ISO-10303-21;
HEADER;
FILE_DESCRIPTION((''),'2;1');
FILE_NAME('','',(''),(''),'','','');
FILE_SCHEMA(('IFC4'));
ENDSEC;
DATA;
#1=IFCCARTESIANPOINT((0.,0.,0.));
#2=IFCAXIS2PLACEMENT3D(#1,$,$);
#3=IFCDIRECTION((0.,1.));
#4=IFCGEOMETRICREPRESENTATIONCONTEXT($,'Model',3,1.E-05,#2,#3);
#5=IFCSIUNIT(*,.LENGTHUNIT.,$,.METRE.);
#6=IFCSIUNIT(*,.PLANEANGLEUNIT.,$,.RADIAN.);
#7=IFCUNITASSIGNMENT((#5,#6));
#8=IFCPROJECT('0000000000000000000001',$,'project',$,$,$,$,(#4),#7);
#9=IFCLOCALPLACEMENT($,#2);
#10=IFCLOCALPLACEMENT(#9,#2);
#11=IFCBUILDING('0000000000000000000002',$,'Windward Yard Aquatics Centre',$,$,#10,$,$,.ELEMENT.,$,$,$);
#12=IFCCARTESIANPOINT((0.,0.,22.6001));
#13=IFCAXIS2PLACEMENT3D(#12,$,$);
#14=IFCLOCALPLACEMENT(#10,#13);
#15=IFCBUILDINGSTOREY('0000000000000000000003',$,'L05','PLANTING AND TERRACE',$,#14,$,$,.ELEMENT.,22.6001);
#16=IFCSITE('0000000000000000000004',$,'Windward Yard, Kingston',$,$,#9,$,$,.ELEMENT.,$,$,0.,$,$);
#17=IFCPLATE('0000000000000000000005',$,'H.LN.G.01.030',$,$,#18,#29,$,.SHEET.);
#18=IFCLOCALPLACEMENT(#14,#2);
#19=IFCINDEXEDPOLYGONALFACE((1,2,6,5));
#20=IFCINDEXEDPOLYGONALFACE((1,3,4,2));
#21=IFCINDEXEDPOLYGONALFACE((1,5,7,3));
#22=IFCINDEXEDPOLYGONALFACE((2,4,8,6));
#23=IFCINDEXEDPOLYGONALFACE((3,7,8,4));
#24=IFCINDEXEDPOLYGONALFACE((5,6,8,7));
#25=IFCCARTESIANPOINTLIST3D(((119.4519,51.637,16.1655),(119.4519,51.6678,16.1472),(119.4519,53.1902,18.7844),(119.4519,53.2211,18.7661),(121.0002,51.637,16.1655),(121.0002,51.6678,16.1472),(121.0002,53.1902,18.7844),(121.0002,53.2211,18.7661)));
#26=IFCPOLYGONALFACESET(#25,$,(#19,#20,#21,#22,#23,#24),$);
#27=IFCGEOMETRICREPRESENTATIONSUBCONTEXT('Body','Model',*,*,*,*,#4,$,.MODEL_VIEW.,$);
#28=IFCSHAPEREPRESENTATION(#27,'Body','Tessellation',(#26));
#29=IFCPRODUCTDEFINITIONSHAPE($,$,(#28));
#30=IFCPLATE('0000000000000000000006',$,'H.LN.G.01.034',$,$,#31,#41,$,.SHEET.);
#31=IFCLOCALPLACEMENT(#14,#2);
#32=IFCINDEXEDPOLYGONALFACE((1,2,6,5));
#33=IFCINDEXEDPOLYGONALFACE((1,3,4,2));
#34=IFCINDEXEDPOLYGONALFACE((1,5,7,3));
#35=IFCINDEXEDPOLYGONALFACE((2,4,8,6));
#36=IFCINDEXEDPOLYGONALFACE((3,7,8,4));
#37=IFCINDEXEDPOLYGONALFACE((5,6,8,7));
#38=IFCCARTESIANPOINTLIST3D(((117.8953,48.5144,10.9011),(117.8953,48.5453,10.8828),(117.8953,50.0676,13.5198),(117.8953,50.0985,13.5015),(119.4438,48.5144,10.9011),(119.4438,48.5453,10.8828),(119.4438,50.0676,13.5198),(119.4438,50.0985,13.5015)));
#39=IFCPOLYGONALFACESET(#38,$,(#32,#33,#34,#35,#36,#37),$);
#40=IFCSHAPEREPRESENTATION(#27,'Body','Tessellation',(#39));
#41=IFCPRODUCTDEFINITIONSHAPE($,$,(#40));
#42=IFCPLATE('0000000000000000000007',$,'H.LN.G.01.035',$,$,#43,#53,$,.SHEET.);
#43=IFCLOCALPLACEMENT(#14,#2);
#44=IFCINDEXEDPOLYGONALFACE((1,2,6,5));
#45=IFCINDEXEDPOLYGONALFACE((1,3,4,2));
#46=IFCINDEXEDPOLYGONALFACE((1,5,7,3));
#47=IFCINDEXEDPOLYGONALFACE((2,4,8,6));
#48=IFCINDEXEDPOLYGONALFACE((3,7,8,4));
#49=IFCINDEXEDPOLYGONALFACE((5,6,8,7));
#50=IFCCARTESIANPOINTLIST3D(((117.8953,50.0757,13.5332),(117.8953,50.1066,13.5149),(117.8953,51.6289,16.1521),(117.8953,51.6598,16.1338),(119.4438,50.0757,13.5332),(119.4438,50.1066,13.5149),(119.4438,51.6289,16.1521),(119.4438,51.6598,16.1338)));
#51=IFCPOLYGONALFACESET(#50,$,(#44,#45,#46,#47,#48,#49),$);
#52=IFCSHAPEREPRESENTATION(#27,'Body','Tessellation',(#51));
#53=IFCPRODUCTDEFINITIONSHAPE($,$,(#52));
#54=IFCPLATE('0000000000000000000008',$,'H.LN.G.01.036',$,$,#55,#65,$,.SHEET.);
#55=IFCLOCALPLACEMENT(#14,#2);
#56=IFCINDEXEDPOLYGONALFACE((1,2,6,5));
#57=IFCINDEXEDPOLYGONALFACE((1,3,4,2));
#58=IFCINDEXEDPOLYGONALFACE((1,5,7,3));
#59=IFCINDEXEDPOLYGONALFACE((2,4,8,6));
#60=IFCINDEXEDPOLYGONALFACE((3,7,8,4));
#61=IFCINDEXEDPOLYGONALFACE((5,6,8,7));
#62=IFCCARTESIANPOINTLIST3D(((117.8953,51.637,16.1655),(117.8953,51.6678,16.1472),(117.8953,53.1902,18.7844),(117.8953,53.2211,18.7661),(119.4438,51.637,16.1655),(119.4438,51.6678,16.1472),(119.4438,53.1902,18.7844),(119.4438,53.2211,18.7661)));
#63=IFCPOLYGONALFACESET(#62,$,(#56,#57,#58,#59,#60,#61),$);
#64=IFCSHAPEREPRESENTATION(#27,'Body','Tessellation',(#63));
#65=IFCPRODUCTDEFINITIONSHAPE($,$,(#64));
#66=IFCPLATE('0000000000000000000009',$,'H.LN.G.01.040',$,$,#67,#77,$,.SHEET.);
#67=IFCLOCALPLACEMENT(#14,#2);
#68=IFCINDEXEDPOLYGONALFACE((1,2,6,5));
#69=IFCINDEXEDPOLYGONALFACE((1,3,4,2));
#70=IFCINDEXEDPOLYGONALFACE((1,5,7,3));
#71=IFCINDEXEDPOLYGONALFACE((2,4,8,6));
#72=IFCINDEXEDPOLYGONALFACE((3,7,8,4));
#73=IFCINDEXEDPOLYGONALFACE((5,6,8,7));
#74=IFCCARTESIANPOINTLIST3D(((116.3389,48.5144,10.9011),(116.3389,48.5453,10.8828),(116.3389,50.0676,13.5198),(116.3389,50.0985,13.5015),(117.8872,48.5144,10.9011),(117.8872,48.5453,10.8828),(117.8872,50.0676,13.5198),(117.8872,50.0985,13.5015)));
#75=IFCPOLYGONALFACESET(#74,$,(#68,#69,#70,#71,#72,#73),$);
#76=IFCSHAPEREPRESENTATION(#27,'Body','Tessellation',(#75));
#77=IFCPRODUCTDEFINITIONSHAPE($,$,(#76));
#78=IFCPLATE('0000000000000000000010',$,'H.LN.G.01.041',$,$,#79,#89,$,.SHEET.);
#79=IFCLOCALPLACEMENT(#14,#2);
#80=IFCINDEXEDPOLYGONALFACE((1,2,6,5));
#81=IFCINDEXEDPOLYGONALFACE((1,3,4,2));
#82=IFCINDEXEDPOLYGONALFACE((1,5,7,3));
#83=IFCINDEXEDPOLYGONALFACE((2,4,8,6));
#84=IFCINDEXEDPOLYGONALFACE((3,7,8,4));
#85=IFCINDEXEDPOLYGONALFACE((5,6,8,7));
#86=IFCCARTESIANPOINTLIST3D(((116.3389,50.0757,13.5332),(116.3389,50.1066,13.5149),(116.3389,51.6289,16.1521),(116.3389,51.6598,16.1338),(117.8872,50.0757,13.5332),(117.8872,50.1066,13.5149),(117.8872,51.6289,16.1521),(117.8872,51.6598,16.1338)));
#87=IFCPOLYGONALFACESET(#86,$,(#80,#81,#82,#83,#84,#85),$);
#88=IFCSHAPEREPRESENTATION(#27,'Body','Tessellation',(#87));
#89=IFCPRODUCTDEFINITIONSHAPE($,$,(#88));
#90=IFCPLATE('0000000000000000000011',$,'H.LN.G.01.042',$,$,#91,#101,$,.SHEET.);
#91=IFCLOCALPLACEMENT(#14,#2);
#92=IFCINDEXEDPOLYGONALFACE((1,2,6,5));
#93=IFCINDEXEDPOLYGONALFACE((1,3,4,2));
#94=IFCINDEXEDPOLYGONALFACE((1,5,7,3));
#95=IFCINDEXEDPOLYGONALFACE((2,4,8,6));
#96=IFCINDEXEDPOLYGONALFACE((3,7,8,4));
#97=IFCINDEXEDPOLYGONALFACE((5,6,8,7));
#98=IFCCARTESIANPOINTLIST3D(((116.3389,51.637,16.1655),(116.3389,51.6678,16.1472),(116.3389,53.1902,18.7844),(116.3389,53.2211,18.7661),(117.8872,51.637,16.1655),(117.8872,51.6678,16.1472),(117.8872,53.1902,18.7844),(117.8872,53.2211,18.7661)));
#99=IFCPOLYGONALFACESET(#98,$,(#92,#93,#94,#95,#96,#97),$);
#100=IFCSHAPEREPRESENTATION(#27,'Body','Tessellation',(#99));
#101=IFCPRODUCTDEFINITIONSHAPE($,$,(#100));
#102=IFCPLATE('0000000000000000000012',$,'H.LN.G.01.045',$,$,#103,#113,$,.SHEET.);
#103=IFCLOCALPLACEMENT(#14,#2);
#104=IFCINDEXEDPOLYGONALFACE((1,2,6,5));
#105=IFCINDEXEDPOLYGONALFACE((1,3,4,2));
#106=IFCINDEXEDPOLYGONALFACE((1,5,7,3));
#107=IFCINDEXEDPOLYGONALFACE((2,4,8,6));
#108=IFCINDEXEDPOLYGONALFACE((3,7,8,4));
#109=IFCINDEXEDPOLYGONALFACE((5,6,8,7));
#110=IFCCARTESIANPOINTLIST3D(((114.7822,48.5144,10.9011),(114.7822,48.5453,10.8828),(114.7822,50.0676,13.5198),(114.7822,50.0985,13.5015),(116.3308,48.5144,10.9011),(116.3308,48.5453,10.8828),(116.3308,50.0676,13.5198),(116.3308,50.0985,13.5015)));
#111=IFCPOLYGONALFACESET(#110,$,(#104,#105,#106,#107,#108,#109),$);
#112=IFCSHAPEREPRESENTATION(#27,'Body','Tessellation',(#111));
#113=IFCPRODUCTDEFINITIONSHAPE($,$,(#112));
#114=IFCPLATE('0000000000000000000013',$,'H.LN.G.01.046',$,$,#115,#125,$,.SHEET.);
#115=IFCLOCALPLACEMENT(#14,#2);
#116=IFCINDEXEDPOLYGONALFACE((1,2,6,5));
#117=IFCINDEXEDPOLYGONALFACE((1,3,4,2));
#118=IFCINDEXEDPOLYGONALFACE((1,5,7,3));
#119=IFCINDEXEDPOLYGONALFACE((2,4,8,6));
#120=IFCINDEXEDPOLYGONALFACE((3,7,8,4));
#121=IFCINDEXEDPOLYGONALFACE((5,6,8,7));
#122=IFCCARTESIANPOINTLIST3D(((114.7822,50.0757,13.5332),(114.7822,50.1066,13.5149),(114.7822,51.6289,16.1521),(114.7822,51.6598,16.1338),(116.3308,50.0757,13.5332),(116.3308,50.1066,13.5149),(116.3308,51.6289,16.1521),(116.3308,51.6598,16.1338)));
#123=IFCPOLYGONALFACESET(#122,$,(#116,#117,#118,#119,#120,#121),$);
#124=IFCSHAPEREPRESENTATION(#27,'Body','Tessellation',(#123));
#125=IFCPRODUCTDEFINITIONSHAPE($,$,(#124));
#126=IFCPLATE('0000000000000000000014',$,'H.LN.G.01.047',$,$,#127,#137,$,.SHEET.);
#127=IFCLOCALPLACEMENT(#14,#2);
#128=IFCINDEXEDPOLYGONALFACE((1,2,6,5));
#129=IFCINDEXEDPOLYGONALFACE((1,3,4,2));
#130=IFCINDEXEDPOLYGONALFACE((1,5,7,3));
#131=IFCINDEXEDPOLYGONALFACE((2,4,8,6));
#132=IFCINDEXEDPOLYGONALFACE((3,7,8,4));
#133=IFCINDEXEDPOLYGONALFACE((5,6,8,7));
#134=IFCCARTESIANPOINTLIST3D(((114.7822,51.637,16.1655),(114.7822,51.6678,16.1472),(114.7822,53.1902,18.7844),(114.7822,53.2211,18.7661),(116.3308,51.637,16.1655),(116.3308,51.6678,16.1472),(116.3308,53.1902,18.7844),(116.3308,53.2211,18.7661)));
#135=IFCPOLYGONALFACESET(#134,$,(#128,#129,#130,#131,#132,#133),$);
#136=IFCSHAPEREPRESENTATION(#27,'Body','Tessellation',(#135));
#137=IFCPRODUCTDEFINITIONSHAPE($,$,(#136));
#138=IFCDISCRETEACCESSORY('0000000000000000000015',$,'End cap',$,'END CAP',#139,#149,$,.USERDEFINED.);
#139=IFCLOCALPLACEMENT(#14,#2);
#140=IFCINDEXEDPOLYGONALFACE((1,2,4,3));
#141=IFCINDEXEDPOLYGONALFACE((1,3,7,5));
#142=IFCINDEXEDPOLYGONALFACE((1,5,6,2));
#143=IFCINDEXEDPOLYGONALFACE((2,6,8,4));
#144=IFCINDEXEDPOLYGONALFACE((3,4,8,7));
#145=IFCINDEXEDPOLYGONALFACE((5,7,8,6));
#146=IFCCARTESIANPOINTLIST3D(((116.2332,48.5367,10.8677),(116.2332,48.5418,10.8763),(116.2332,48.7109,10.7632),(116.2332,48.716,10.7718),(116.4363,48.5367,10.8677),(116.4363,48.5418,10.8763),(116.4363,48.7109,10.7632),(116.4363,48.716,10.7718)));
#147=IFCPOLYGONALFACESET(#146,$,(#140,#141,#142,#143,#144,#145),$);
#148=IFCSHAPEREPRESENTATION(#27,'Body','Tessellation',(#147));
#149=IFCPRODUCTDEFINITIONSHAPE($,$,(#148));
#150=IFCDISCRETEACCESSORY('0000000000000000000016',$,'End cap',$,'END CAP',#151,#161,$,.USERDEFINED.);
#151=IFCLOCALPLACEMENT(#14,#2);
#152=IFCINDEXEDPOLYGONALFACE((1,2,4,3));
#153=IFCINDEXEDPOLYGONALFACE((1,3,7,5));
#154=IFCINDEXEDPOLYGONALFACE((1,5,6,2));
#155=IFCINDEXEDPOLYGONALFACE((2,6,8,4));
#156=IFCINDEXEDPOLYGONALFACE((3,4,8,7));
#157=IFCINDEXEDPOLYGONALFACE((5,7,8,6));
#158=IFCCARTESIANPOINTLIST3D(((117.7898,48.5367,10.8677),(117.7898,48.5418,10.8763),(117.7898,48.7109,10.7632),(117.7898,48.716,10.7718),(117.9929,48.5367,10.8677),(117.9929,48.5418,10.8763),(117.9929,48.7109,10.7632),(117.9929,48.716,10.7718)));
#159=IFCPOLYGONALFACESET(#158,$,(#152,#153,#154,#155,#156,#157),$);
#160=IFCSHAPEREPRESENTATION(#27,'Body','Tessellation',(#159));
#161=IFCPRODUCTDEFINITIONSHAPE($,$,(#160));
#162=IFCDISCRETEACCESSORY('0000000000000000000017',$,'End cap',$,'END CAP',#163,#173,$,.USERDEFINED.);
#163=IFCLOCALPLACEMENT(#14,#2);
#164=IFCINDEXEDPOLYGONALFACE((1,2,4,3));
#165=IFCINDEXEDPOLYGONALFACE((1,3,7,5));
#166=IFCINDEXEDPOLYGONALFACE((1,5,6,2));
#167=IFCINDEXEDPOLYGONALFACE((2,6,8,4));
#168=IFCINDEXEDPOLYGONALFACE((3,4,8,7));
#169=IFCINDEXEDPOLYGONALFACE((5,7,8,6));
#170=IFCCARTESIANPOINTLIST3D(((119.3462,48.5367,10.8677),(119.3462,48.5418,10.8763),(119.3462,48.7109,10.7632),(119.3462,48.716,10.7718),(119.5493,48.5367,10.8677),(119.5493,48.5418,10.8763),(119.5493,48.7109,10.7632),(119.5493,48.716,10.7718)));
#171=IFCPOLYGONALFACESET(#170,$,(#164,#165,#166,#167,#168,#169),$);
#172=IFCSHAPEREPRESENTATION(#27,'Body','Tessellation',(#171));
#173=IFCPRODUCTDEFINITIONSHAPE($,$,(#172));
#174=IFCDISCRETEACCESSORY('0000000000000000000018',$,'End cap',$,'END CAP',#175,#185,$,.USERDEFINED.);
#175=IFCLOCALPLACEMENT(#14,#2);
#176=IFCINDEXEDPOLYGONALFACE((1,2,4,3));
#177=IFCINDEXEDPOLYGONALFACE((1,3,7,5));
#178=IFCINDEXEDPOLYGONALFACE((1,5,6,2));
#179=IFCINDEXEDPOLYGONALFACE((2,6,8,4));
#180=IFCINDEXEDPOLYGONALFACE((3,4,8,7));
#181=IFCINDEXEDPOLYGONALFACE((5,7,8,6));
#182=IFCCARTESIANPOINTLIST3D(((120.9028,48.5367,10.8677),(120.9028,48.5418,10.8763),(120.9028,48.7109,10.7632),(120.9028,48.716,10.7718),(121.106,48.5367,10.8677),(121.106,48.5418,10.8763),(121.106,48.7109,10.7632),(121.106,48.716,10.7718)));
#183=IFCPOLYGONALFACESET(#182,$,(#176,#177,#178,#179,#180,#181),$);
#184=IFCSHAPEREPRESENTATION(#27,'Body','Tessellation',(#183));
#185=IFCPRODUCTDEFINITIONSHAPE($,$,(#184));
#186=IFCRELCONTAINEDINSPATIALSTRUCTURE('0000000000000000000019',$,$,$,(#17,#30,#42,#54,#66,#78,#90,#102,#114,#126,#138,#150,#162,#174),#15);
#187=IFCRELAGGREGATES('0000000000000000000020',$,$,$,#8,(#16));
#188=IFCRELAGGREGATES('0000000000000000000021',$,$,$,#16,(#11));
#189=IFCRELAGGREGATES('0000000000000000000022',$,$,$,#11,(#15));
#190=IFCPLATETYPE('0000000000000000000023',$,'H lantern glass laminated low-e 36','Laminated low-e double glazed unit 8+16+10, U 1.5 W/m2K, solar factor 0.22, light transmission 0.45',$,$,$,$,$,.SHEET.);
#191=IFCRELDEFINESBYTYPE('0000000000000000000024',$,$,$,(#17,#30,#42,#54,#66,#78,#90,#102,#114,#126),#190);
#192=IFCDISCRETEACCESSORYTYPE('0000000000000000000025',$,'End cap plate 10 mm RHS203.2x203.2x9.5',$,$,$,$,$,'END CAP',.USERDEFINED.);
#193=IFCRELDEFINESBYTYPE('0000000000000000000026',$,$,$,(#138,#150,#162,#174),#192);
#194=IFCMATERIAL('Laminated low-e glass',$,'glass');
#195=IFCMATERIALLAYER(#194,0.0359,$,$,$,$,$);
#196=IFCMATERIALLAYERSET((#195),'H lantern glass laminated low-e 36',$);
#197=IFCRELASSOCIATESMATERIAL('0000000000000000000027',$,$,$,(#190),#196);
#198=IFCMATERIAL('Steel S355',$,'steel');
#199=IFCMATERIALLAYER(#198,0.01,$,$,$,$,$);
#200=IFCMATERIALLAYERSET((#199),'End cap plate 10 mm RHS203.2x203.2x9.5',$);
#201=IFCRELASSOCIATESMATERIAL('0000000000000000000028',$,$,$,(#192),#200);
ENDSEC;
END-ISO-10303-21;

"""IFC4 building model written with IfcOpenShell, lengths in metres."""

from ifc_helpers import new_model, si_unit, direction, frame, origin, origin_2d, place, context, subcontext, project, spatial, polyline, rectangle, outline, extrude, material, layer, layer_set, type_object, element, save


model = new_model("IFC4")

# Units and contexts
model_context = context("Model", 3, precision=1e-05, world=origin(), true_north=direction((0.0, 1.0)))
body_context = subcontext(model_context, "Body", "Model", "MODEL_VIEW")
ifc_project = project(units=[si_unit("LENGTHUNIT", "METRE"), si_unit("PLANEANGLEUNIT", "RADIAN")], contexts=[model_context])

# Site, building, storey
site_placement = place(None, origin())
site = spatial("IfcSite", under=ifc_project, at=site_placement, Name="Windward Yard, Kingston", CompositionType="ELEMENT", RefElevation=0.0)
building_placement = place(site_placement, origin())
building = spatial("IfcBuilding", under=site, at=building_placement, Name="Windward Yard Aquatics Centre", CompositionType="ELEMENT")
storey_placement = place(building_placement, frame((0.0, 0.0, 22.6001)))
storey = spatial("IfcBuildingStorey", under=building, at=storey_placement, Name="L05", Description="PLANTING AND TERRACE", CompositionType="ELEMENT", Elevation=22.6001)

# Plates
ifc_material_1 = material(Name="Laminated low-e glass", Category="glass")
ifc_layer_1 = layer(ifc_material_1, 0.0359)
ifc_layer_set_1 = layer_set([ifc_layer_1], Name="H lantern glass laminated low-e 36")
plate_type = type_object("IfcPlateType", Name="H lantern glass laminated low-e 36", Description="Laminated low-e double glazed unit 8+16+10, U 1.5 W/m2K, solar factor 0.22, light transmission 0.45", PredefinedType="SHEET", material=ifc_layer_set_1)
for number, where, z_axis, x_axis, name in (
    (1, (119.4519, 51.637, 16.1655), (0.0, -0.860107, 0.510114), (0.0, 0.510114, 0.860107), "H.LN.G.01.030"),
):
    element("IfcPlate", number, at=place(storey_placement, frame(where, z_axis=z_axis, x_axis=x_axis)), inside=storey, type_object=plate_type, Name=name, PredefinedType="SHEET", context=body_context, shape_type="SweptSolid", body=[
        extrude(outline(polyline([(0.0, 0.0), (3.0449, 0.0), (3.0449, -1.5483), (0.0, -1.5483), (0.0, 0.0)])), origin(), (0.0, 0.0, -1.0), 0.0359),
    ])
plate_1_placement = place(storey_placement, frame((117.8953, 48.5144, 10.9011), z_axis=(0.0, -0.860086, 0.51015), x_axis=(0.0, 0.51015, 0.860086)))
element("IfcPlate", 2, at=plate_1_placement, inside=storey, type_object=plate_type, Name="H.LN.G.01.034", PredefinedType="SHEET", context=body_context, shape_type="SweptSolid", body=[
    extrude(outline(polyline([(0.0, 0.0), (3.0446, 0.0), (3.0446, -1.5486), (0.0, -1.5486), (0.0, 0.0)])), origin(), (0.0, 0.0, -1.0), 0.0359),
])
for number, where, z_axis, x_axis, name in (
    (3, (117.8953, 50.0757, 13.5332), (0.0, -0.860107, 0.510114), (0.0, 0.510114, 0.860107), "H.LN.G.01.035"),
    (4, (117.8953, 51.637, 16.1655), (0.0, -0.860107, 0.510114), (0.0, 0.510114, 0.860107), "H.LN.G.01.036"),
):
    element("IfcPlate", number, at=place(storey_placement, frame(where, z_axis=z_axis, x_axis=x_axis)), inside=storey, type_object=plate_type, Name=name, PredefinedType="SHEET", context=body_context, shape_type="SweptSolid", body=[
        extrude(outline(polyline([(0.0, 0.0), (3.0449, 0.0), (3.0449, -1.5486), (0.0, -1.5486), (0.0, 0.0)])), origin(), (0.0, 0.0, -1.0), 0.0359),
    ])
plate_2_placement = place(storey_placement, frame((116.3389, 48.5144, 10.9011), z_axis=(0.0, -0.860086, 0.51015), x_axis=(0.0, 0.51015, 0.860086)))
element("IfcPlate", 5, at=plate_2_placement, inside=storey, type_object=plate_type, Name="H.LN.G.01.040", PredefinedType="SHEET", context=body_context, shape_type="SweptSolid", body=[
    extrude(outline(polyline([(0.0, 0.0), (3.0446, 0.0), (3.0446, -1.5483), (0.0, -1.5483), (0.0, 0.0)])), origin(), (0.0, 0.0, -1.0), 0.0359),
])
for number, where, z_axis, x_axis, name in (
    (6, (116.3389, 50.0757, 13.5332), (0.0, -0.860107, 0.510114), (0.0, 0.510114, 0.860107), "H.LN.G.01.041"),
    (7, (116.3389, 51.637, 16.1655), (0.0, -0.860107, 0.510114), (0.0, 0.510114, 0.860107), "H.LN.G.01.042"),
):
    element("IfcPlate", number, at=place(storey_placement, frame(where, z_axis=z_axis, x_axis=x_axis)), inside=storey, type_object=plate_type, Name=name, PredefinedType="SHEET", context=body_context, shape_type="SweptSolid", body=[
        extrude(outline(polyline([(0.0, 0.0), (3.0449, 0.0), (3.0449, -1.5483), (0.0, -1.5483), (0.0, 0.0)])), origin(), (0.0, 0.0, -1.0), 0.0359),
    ])
plate_3_placement = place(storey_placement, frame((114.7822, 48.5144, 10.9011), z_axis=(0.0, -0.860086, 0.51015), x_axis=(0.0, 0.51015, 0.860086)))
element("IfcPlate", 8, at=plate_3_placement, inside=storey, type_object=plate_type, Name="H.LN.G.01.045", PredefinedType="SHEET", context=body_context, shape_type="SweptSolid", body=[
    extrude(outline(polyline([(0.0, 0.0), (3.0446, 0.0), (3.0446, -1.5486), (0.0, -1.5486), (0.0, 0.0)])), origin(), (0.0, 0.0, -1.0), 0.0359),
])
for number, where, z_axis, x_axis, name in (
    (9, (114.7822, 50.0757, 13.5332), (0.0, -0.860107, 0.510114), (0.0, 0.510114, 0.860107), "H.LN.G.01.046"),
    (10, (114.7822, 51.637, 16.1655), (0.0, -0.860107, 0.510114), (0.0, 0.510114, 0.860107), "H.LN.G.01.047"),
):
    element("IfcPlate", number, at=place(storey_placement, frame(where, z_axis=z_axis, x_axis=x_axis)), inside=storey, type_object=plate_type, Name=name, PredefinedType="SHEET", context=body_context, shape_type="SweptSolid", body=[
        extrude(outline(polyline([(0.0, 0.0), (3.0449, 0.0), (3.0449, -1.5486), (0.0, -1.5486), (0.0, 0.0)])), origin(), (0.0, 0.0, -1.0), 0.0359),
    ])

# Discrete accessories
ifc_material_2 = material(Name="Steel S355", Category="steel")
ifc_layer_2 = layer(ifc_material_2, 0.01)
ifc_layer_set_2 = layer_set([ifc_layer_2], Name="End cap plate 10 mm RHS203.2x203.2x9.5")
discrete_accessory_type_1 = type_object("IfcDiscreteAccessoryType", Name="End cap plate 10 mm RHS203.2x203.2x9.5", ElementType="END CAP", PredefinedType="USERDEFINED", material=ifc_layer_set_2)
for number, where, z_axis, x_axis, name in (
    (11, (116.3347, 48.6238, 10.8154), (0.0, 0.514496, 0.857493), (-1.0, 0.0, 0.0), "End cap"),
    (12, (117.8914, 48.6238, 10.8154), (0.0, 0.514496, 0.857493), (-1.0, 0.0, 0.0), "End cap"),
    (13, (119.4478, 48.6238, 10.8154), (0.0, 0.514496, 0.857493), (-1.0, 0.0, 0.0), "End cap"),
    (14, (121.0044, 48.6238, 10.8154), (0.0, 0.514496, 0.857493), (-1.0, 0.0, 0.0), "End cap"),
):
    element("IfcDiscreteAccessory", number, at=place(storey_placement, frame(where, z_axis=z_axis, x_axis=x_axis)), inside=storey, type_object=discrete_accessory_type_1, Name=name, ObjectType="END CAP", PredefinedType="USERDEFINED", context=body_context, shape_type="SweptSolid", body=[
        extrude(rectangle(XDim=0.2031, YDim=0.2031, at=origin_2d()), origin(), (0.0, 0.0, 1.0), 0.01),
    ])

save(model, "model.ifc")
